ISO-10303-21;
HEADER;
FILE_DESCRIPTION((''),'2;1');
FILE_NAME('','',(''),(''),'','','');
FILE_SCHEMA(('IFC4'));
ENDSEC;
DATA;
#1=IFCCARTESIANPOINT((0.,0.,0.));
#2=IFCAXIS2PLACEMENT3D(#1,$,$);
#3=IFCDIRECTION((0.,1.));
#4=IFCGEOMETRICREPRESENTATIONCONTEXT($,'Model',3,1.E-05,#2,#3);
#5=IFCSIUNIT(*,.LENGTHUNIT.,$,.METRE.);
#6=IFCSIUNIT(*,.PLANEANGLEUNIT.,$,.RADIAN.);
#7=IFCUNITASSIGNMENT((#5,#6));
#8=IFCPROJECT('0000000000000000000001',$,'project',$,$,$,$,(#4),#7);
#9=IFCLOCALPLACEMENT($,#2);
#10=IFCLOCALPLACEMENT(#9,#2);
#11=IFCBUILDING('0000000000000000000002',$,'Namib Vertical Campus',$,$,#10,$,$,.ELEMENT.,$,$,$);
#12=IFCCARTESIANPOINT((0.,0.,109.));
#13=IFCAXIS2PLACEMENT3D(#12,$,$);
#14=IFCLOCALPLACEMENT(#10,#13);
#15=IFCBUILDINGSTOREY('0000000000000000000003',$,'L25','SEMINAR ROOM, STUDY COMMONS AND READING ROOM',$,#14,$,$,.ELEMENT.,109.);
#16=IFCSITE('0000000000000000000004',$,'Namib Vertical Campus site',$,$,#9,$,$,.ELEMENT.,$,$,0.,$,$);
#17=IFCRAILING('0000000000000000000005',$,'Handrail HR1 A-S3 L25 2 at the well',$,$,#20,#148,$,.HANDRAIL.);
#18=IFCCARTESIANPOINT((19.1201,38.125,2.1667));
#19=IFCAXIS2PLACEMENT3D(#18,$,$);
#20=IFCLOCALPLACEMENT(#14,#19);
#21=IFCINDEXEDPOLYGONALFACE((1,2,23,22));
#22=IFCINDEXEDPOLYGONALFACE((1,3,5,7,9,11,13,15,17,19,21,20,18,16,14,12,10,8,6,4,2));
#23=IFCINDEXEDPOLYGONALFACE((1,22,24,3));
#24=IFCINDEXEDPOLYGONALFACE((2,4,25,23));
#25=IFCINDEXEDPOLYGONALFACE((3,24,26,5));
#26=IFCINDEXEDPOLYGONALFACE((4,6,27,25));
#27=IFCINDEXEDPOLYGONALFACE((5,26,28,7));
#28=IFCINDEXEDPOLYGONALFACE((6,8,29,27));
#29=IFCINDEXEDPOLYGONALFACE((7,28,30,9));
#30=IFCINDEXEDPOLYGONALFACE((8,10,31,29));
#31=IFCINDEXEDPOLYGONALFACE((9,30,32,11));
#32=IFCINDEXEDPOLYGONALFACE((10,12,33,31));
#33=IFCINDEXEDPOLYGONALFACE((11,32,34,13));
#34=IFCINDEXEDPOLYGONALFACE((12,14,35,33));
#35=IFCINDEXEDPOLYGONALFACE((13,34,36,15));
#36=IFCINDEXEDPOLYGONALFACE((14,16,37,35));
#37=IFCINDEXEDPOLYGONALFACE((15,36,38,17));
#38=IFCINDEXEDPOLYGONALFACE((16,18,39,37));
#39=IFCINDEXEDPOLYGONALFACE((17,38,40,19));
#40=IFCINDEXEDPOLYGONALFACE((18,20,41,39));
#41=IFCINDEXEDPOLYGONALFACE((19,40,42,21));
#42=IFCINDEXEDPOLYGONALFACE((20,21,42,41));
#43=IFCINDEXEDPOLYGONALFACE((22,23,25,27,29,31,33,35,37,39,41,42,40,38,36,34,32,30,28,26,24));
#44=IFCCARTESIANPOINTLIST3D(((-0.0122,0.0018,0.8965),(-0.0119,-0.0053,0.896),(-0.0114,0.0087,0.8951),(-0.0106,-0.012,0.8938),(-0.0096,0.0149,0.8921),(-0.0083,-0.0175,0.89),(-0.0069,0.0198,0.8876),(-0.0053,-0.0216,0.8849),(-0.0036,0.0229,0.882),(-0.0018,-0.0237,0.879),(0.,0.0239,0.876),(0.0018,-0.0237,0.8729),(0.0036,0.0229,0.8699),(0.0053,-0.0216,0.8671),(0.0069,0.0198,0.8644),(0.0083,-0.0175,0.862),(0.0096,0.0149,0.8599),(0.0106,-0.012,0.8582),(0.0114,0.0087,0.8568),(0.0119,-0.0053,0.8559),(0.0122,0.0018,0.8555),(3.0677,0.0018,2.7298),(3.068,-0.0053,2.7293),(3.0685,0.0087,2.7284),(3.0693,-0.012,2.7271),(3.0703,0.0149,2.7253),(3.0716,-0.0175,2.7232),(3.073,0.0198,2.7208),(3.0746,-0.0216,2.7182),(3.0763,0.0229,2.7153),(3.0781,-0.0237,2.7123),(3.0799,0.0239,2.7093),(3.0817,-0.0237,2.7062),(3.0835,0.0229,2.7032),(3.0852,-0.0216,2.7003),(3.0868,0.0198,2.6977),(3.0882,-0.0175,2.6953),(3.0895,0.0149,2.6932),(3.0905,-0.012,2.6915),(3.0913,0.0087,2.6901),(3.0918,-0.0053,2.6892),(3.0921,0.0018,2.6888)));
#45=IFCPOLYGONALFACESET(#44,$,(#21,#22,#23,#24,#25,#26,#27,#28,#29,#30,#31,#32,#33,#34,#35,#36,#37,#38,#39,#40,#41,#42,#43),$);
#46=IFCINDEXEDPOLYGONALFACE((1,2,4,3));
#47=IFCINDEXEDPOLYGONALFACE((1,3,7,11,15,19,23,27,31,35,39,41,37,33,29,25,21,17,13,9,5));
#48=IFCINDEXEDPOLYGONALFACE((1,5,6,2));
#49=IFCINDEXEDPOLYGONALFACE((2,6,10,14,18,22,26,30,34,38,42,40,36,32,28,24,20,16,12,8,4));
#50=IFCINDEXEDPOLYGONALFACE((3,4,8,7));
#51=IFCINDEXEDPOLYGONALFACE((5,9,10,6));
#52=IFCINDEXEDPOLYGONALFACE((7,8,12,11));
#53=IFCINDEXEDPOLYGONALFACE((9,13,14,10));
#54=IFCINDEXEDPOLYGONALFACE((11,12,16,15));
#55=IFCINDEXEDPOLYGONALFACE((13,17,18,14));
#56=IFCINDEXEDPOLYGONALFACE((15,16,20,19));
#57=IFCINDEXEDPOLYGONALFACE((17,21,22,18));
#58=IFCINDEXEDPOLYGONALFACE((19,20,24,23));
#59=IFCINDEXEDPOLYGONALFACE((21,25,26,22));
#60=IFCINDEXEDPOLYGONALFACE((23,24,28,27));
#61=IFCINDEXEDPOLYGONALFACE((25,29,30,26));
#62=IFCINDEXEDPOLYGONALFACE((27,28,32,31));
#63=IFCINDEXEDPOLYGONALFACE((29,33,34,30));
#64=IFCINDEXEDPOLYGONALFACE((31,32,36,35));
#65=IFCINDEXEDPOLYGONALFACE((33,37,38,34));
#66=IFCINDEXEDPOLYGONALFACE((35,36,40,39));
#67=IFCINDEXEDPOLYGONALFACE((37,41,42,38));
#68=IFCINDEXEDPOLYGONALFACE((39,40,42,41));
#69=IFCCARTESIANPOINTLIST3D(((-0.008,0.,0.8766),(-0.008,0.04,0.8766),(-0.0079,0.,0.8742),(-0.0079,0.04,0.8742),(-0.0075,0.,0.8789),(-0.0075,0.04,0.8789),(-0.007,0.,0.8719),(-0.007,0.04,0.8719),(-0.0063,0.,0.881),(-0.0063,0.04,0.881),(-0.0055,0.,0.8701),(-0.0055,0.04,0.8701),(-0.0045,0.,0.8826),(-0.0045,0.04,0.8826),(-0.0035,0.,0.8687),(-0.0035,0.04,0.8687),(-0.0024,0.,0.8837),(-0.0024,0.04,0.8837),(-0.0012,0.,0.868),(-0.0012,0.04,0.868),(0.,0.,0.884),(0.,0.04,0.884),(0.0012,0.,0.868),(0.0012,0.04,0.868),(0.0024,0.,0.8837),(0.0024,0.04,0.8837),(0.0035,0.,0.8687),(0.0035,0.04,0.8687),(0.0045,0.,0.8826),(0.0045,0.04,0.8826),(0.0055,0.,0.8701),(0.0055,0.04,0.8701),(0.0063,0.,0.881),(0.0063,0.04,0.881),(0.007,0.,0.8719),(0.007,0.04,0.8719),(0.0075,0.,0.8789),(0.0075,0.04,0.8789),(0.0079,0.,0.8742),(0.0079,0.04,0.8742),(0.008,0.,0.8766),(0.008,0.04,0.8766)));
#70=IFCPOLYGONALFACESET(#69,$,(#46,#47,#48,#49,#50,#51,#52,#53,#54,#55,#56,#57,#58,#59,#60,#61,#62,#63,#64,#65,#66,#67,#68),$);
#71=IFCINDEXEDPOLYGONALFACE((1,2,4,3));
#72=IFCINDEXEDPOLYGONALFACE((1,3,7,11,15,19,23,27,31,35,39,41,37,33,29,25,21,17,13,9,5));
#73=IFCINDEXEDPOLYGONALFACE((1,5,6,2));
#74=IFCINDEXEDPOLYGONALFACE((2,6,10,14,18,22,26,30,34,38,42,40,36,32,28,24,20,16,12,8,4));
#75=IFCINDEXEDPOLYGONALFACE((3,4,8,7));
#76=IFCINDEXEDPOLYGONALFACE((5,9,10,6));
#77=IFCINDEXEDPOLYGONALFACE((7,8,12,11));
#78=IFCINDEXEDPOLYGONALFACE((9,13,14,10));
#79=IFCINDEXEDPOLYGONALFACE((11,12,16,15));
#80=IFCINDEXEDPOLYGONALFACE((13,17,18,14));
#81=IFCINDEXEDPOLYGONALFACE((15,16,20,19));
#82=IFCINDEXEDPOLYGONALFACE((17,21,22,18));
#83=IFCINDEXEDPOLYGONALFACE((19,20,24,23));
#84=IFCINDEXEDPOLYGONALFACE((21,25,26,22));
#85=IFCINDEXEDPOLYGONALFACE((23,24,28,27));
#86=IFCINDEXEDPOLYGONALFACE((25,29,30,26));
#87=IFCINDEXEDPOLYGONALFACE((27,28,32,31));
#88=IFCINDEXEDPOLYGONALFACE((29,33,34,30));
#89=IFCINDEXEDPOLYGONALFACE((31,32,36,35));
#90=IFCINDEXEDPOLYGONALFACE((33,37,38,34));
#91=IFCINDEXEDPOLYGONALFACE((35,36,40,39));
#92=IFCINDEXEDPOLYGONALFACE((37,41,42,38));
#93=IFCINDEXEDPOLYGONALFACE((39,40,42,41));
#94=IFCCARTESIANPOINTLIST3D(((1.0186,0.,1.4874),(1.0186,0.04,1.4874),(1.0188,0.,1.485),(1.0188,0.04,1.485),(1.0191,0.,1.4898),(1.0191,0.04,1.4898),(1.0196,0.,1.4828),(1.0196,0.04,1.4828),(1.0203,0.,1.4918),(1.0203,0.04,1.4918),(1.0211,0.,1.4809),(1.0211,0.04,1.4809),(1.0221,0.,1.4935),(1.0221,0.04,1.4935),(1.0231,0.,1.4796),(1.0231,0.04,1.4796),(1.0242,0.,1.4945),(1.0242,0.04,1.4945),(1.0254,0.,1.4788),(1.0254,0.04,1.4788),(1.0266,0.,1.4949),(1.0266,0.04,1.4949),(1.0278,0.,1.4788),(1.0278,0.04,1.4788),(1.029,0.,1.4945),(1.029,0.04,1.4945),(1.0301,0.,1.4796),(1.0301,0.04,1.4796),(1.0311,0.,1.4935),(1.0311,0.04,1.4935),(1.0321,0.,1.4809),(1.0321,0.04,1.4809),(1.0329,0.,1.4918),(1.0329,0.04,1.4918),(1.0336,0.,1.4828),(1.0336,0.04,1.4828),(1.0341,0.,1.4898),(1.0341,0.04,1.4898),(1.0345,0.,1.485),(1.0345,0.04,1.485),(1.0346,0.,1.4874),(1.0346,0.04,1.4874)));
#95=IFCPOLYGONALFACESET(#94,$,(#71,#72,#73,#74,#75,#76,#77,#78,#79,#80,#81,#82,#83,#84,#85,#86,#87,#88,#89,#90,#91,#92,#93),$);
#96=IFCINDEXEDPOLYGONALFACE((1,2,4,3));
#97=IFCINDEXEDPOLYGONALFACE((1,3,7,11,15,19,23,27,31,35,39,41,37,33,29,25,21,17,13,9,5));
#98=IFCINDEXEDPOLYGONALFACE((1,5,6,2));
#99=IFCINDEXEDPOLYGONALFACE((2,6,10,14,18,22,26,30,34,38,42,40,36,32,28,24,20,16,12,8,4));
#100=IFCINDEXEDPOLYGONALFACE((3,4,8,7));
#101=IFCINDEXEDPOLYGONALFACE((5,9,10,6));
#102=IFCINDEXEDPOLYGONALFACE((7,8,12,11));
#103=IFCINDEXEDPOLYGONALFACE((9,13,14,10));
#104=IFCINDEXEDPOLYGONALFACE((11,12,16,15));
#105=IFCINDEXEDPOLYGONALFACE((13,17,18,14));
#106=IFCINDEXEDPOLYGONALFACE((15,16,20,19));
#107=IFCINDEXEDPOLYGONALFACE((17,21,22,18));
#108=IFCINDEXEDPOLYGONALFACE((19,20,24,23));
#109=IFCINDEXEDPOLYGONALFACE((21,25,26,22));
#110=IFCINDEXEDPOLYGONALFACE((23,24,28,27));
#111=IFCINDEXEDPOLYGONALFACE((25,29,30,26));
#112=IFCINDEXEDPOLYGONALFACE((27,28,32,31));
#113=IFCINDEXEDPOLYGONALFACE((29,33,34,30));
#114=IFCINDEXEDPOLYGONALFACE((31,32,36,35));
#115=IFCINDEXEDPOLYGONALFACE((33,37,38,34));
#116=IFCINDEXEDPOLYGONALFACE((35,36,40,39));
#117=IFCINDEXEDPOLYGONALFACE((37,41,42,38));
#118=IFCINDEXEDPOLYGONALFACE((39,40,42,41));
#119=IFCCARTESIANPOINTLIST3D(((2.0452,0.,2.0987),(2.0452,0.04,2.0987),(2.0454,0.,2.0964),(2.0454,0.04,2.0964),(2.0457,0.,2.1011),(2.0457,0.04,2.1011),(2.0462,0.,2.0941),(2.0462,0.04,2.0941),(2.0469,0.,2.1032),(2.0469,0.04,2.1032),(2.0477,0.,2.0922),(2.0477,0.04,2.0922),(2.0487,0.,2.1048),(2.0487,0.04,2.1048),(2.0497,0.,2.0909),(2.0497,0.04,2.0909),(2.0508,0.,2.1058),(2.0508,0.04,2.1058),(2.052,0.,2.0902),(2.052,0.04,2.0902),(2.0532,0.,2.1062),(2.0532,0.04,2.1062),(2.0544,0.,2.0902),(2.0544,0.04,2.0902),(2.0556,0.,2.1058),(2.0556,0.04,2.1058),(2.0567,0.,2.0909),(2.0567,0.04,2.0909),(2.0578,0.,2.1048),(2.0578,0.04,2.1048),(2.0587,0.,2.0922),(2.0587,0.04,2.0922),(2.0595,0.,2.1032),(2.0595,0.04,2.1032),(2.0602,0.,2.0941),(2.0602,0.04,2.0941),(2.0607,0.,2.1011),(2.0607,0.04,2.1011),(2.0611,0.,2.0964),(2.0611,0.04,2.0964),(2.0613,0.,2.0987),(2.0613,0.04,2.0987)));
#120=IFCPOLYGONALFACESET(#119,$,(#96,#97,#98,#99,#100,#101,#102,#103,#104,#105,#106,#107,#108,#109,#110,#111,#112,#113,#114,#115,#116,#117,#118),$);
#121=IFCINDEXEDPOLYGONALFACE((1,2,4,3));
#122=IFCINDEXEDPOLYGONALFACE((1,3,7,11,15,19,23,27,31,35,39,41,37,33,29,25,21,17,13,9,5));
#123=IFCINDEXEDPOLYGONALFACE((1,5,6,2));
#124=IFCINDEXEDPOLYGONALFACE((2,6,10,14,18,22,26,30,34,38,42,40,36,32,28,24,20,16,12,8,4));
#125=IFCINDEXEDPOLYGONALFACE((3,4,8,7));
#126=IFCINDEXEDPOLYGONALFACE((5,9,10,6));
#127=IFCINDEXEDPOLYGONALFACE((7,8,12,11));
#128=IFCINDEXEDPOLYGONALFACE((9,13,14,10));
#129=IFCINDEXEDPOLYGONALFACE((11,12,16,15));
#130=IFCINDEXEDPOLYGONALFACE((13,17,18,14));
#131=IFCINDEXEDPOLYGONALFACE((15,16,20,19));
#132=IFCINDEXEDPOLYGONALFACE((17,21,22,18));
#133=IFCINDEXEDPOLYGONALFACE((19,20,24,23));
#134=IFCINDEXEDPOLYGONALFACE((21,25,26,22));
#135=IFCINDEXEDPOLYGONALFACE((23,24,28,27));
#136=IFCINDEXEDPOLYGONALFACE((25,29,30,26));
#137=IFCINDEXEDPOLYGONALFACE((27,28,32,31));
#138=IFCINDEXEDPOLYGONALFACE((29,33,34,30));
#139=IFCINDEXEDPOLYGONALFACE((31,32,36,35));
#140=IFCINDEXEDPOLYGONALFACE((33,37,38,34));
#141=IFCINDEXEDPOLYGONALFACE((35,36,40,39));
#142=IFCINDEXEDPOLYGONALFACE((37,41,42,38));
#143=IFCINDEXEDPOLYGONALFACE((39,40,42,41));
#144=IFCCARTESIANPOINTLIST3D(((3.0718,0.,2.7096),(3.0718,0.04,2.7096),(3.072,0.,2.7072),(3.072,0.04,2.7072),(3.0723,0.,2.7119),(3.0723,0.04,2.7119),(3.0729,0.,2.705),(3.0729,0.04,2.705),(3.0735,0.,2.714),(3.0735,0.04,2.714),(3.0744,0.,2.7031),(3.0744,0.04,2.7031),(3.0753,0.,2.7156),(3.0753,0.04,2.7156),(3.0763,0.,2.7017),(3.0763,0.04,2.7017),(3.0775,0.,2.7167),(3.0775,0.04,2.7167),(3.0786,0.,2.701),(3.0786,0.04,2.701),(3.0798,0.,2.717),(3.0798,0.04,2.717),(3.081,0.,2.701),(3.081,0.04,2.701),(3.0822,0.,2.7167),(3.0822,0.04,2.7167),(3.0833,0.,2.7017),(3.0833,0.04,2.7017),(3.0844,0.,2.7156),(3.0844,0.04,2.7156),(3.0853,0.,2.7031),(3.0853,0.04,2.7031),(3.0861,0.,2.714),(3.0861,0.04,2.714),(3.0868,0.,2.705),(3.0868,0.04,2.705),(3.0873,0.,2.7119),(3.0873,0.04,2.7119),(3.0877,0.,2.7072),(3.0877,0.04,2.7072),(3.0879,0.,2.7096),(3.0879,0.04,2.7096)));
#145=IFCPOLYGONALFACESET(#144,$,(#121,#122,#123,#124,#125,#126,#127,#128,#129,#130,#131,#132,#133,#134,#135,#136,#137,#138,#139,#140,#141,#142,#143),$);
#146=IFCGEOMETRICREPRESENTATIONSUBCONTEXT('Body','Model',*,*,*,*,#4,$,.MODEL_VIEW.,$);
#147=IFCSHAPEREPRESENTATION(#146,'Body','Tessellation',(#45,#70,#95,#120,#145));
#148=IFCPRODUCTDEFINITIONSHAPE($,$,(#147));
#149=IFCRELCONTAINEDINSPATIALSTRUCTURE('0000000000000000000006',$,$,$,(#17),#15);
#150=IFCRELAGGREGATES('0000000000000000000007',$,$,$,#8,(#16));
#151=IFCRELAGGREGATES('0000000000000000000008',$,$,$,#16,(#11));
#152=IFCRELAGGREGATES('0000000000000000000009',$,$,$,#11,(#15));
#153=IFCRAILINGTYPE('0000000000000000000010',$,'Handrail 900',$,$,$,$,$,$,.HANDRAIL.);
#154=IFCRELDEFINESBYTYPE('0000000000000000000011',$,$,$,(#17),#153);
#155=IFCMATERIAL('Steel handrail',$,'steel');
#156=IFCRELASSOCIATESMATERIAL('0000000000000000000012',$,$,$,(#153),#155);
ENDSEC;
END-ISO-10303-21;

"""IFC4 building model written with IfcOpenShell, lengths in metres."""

from ifc_helpers import new_model, si_unit, direction, frame, origin, origin_2d, place, context, subcontext, project, spatial, circle, extrude, material, type_object, element, save


model = new_model("IFC4")

# Units and contexts
model_context = context("Model", 3, precision=1e-05, world=origin(), true_north=direction((0.0, 1.0)))
body_context = subcontext(model_context, "Body", "Model", "MODEL_VIEW")
ifc_project = project(units=[si_unit("LENGTHUNIT", "METRE"), si_unit("PLANEANGLEUNIT", "RADIAN")], contexts=[model_context])

# Site, building, storey
site_placement = place(None, origin())
site = spatial("IfcSite", under=ifc_project, at=site_placement, Name="Namib Vertical Campus site", CompositionType="ELEMENT", RefElevation=0.0)
building_placement = place(site_placement, origin())
building = spatial("IfcBuilding", under=site, at=building_placement, Name="Namib Vertical Campus", CompositionType="ELEMENT")
storey_placement = place(building_placement, frame((0.0, 0.0, 109.0)))
storey = spatial("IfcBuildingStorey", under=building, at=storey_placement, Name="L25", Description="SEMINAR ROOM, STUDY COMMONS AND READING ROOM", CompositionType="ELEMENT", Elevation=109.0)

# Railing
ifc_material_1 = material(Name="Steel handrail", Category="steel")
railing_type = type_object("IfcRailingType", Name="Handrail 900", PredefinedType="HANDRAIL", material=ifc_material_1)
railing_1_placement = place(storey_placement, frame((19.1201, 38.125, 2.1667)))
element("IfcRailing", 1, at=railing_1_placement, inside=storey, type_object=railing_type, Name="Handrail HR1 A-S3 L25 2 at the well", PredefinedType="HANDRAIL", context=body_context, shape_type="SweptSolid", body=[
    extrude(circle(Radius=0.0239, at=origin_2d()), frame((0.0, 0.0, 0.876), z_axis=(0.859291, 0.0, 0.511487), x_axis=(0.0, 1.0, 0.0)), (0.0, 0.0, 1.0), 3.5842),
    extrude(circle(Radius=0.0081, at=origin_2d()), frame((0.0, 0.0, 0.876), z_axis=(0.0, 1.0, 0.0), x_axis=(0.0, 0.0, 1.0)), (0.0, 0.0, 1.0), 0.04),
    extrude(circle(Radius=0.0081, at=origin_2d()), frame((1.0266, 0.0, 1.4868), z_axis=(0.0, 1.0, 0.0), x_axis=(0.0, 0.0, 1.0)), (0.0, 0.0, 1.0), 0.04),
    extrude(circle(Radius=0.0081, at=origin_2d()), frame((2.0532, 0.0, 2.0981), z_axis=(0.0, 1.0, 0.0), x_axis=(0.0, 0.0, 1.0)), (0.0, 0.0, 1.0), 0.04),
    extrude(circle(Radius=0.0081, at=origin_2d()), frame((3.0798, 0.0, 2.709), z_axis=(0.0, 1.0, 0.0), x_axis=(0.0, 0.0, 1.0)), (0.0, 0.0, 1.0), 0.04),
])

save(model, "model.ifc")
